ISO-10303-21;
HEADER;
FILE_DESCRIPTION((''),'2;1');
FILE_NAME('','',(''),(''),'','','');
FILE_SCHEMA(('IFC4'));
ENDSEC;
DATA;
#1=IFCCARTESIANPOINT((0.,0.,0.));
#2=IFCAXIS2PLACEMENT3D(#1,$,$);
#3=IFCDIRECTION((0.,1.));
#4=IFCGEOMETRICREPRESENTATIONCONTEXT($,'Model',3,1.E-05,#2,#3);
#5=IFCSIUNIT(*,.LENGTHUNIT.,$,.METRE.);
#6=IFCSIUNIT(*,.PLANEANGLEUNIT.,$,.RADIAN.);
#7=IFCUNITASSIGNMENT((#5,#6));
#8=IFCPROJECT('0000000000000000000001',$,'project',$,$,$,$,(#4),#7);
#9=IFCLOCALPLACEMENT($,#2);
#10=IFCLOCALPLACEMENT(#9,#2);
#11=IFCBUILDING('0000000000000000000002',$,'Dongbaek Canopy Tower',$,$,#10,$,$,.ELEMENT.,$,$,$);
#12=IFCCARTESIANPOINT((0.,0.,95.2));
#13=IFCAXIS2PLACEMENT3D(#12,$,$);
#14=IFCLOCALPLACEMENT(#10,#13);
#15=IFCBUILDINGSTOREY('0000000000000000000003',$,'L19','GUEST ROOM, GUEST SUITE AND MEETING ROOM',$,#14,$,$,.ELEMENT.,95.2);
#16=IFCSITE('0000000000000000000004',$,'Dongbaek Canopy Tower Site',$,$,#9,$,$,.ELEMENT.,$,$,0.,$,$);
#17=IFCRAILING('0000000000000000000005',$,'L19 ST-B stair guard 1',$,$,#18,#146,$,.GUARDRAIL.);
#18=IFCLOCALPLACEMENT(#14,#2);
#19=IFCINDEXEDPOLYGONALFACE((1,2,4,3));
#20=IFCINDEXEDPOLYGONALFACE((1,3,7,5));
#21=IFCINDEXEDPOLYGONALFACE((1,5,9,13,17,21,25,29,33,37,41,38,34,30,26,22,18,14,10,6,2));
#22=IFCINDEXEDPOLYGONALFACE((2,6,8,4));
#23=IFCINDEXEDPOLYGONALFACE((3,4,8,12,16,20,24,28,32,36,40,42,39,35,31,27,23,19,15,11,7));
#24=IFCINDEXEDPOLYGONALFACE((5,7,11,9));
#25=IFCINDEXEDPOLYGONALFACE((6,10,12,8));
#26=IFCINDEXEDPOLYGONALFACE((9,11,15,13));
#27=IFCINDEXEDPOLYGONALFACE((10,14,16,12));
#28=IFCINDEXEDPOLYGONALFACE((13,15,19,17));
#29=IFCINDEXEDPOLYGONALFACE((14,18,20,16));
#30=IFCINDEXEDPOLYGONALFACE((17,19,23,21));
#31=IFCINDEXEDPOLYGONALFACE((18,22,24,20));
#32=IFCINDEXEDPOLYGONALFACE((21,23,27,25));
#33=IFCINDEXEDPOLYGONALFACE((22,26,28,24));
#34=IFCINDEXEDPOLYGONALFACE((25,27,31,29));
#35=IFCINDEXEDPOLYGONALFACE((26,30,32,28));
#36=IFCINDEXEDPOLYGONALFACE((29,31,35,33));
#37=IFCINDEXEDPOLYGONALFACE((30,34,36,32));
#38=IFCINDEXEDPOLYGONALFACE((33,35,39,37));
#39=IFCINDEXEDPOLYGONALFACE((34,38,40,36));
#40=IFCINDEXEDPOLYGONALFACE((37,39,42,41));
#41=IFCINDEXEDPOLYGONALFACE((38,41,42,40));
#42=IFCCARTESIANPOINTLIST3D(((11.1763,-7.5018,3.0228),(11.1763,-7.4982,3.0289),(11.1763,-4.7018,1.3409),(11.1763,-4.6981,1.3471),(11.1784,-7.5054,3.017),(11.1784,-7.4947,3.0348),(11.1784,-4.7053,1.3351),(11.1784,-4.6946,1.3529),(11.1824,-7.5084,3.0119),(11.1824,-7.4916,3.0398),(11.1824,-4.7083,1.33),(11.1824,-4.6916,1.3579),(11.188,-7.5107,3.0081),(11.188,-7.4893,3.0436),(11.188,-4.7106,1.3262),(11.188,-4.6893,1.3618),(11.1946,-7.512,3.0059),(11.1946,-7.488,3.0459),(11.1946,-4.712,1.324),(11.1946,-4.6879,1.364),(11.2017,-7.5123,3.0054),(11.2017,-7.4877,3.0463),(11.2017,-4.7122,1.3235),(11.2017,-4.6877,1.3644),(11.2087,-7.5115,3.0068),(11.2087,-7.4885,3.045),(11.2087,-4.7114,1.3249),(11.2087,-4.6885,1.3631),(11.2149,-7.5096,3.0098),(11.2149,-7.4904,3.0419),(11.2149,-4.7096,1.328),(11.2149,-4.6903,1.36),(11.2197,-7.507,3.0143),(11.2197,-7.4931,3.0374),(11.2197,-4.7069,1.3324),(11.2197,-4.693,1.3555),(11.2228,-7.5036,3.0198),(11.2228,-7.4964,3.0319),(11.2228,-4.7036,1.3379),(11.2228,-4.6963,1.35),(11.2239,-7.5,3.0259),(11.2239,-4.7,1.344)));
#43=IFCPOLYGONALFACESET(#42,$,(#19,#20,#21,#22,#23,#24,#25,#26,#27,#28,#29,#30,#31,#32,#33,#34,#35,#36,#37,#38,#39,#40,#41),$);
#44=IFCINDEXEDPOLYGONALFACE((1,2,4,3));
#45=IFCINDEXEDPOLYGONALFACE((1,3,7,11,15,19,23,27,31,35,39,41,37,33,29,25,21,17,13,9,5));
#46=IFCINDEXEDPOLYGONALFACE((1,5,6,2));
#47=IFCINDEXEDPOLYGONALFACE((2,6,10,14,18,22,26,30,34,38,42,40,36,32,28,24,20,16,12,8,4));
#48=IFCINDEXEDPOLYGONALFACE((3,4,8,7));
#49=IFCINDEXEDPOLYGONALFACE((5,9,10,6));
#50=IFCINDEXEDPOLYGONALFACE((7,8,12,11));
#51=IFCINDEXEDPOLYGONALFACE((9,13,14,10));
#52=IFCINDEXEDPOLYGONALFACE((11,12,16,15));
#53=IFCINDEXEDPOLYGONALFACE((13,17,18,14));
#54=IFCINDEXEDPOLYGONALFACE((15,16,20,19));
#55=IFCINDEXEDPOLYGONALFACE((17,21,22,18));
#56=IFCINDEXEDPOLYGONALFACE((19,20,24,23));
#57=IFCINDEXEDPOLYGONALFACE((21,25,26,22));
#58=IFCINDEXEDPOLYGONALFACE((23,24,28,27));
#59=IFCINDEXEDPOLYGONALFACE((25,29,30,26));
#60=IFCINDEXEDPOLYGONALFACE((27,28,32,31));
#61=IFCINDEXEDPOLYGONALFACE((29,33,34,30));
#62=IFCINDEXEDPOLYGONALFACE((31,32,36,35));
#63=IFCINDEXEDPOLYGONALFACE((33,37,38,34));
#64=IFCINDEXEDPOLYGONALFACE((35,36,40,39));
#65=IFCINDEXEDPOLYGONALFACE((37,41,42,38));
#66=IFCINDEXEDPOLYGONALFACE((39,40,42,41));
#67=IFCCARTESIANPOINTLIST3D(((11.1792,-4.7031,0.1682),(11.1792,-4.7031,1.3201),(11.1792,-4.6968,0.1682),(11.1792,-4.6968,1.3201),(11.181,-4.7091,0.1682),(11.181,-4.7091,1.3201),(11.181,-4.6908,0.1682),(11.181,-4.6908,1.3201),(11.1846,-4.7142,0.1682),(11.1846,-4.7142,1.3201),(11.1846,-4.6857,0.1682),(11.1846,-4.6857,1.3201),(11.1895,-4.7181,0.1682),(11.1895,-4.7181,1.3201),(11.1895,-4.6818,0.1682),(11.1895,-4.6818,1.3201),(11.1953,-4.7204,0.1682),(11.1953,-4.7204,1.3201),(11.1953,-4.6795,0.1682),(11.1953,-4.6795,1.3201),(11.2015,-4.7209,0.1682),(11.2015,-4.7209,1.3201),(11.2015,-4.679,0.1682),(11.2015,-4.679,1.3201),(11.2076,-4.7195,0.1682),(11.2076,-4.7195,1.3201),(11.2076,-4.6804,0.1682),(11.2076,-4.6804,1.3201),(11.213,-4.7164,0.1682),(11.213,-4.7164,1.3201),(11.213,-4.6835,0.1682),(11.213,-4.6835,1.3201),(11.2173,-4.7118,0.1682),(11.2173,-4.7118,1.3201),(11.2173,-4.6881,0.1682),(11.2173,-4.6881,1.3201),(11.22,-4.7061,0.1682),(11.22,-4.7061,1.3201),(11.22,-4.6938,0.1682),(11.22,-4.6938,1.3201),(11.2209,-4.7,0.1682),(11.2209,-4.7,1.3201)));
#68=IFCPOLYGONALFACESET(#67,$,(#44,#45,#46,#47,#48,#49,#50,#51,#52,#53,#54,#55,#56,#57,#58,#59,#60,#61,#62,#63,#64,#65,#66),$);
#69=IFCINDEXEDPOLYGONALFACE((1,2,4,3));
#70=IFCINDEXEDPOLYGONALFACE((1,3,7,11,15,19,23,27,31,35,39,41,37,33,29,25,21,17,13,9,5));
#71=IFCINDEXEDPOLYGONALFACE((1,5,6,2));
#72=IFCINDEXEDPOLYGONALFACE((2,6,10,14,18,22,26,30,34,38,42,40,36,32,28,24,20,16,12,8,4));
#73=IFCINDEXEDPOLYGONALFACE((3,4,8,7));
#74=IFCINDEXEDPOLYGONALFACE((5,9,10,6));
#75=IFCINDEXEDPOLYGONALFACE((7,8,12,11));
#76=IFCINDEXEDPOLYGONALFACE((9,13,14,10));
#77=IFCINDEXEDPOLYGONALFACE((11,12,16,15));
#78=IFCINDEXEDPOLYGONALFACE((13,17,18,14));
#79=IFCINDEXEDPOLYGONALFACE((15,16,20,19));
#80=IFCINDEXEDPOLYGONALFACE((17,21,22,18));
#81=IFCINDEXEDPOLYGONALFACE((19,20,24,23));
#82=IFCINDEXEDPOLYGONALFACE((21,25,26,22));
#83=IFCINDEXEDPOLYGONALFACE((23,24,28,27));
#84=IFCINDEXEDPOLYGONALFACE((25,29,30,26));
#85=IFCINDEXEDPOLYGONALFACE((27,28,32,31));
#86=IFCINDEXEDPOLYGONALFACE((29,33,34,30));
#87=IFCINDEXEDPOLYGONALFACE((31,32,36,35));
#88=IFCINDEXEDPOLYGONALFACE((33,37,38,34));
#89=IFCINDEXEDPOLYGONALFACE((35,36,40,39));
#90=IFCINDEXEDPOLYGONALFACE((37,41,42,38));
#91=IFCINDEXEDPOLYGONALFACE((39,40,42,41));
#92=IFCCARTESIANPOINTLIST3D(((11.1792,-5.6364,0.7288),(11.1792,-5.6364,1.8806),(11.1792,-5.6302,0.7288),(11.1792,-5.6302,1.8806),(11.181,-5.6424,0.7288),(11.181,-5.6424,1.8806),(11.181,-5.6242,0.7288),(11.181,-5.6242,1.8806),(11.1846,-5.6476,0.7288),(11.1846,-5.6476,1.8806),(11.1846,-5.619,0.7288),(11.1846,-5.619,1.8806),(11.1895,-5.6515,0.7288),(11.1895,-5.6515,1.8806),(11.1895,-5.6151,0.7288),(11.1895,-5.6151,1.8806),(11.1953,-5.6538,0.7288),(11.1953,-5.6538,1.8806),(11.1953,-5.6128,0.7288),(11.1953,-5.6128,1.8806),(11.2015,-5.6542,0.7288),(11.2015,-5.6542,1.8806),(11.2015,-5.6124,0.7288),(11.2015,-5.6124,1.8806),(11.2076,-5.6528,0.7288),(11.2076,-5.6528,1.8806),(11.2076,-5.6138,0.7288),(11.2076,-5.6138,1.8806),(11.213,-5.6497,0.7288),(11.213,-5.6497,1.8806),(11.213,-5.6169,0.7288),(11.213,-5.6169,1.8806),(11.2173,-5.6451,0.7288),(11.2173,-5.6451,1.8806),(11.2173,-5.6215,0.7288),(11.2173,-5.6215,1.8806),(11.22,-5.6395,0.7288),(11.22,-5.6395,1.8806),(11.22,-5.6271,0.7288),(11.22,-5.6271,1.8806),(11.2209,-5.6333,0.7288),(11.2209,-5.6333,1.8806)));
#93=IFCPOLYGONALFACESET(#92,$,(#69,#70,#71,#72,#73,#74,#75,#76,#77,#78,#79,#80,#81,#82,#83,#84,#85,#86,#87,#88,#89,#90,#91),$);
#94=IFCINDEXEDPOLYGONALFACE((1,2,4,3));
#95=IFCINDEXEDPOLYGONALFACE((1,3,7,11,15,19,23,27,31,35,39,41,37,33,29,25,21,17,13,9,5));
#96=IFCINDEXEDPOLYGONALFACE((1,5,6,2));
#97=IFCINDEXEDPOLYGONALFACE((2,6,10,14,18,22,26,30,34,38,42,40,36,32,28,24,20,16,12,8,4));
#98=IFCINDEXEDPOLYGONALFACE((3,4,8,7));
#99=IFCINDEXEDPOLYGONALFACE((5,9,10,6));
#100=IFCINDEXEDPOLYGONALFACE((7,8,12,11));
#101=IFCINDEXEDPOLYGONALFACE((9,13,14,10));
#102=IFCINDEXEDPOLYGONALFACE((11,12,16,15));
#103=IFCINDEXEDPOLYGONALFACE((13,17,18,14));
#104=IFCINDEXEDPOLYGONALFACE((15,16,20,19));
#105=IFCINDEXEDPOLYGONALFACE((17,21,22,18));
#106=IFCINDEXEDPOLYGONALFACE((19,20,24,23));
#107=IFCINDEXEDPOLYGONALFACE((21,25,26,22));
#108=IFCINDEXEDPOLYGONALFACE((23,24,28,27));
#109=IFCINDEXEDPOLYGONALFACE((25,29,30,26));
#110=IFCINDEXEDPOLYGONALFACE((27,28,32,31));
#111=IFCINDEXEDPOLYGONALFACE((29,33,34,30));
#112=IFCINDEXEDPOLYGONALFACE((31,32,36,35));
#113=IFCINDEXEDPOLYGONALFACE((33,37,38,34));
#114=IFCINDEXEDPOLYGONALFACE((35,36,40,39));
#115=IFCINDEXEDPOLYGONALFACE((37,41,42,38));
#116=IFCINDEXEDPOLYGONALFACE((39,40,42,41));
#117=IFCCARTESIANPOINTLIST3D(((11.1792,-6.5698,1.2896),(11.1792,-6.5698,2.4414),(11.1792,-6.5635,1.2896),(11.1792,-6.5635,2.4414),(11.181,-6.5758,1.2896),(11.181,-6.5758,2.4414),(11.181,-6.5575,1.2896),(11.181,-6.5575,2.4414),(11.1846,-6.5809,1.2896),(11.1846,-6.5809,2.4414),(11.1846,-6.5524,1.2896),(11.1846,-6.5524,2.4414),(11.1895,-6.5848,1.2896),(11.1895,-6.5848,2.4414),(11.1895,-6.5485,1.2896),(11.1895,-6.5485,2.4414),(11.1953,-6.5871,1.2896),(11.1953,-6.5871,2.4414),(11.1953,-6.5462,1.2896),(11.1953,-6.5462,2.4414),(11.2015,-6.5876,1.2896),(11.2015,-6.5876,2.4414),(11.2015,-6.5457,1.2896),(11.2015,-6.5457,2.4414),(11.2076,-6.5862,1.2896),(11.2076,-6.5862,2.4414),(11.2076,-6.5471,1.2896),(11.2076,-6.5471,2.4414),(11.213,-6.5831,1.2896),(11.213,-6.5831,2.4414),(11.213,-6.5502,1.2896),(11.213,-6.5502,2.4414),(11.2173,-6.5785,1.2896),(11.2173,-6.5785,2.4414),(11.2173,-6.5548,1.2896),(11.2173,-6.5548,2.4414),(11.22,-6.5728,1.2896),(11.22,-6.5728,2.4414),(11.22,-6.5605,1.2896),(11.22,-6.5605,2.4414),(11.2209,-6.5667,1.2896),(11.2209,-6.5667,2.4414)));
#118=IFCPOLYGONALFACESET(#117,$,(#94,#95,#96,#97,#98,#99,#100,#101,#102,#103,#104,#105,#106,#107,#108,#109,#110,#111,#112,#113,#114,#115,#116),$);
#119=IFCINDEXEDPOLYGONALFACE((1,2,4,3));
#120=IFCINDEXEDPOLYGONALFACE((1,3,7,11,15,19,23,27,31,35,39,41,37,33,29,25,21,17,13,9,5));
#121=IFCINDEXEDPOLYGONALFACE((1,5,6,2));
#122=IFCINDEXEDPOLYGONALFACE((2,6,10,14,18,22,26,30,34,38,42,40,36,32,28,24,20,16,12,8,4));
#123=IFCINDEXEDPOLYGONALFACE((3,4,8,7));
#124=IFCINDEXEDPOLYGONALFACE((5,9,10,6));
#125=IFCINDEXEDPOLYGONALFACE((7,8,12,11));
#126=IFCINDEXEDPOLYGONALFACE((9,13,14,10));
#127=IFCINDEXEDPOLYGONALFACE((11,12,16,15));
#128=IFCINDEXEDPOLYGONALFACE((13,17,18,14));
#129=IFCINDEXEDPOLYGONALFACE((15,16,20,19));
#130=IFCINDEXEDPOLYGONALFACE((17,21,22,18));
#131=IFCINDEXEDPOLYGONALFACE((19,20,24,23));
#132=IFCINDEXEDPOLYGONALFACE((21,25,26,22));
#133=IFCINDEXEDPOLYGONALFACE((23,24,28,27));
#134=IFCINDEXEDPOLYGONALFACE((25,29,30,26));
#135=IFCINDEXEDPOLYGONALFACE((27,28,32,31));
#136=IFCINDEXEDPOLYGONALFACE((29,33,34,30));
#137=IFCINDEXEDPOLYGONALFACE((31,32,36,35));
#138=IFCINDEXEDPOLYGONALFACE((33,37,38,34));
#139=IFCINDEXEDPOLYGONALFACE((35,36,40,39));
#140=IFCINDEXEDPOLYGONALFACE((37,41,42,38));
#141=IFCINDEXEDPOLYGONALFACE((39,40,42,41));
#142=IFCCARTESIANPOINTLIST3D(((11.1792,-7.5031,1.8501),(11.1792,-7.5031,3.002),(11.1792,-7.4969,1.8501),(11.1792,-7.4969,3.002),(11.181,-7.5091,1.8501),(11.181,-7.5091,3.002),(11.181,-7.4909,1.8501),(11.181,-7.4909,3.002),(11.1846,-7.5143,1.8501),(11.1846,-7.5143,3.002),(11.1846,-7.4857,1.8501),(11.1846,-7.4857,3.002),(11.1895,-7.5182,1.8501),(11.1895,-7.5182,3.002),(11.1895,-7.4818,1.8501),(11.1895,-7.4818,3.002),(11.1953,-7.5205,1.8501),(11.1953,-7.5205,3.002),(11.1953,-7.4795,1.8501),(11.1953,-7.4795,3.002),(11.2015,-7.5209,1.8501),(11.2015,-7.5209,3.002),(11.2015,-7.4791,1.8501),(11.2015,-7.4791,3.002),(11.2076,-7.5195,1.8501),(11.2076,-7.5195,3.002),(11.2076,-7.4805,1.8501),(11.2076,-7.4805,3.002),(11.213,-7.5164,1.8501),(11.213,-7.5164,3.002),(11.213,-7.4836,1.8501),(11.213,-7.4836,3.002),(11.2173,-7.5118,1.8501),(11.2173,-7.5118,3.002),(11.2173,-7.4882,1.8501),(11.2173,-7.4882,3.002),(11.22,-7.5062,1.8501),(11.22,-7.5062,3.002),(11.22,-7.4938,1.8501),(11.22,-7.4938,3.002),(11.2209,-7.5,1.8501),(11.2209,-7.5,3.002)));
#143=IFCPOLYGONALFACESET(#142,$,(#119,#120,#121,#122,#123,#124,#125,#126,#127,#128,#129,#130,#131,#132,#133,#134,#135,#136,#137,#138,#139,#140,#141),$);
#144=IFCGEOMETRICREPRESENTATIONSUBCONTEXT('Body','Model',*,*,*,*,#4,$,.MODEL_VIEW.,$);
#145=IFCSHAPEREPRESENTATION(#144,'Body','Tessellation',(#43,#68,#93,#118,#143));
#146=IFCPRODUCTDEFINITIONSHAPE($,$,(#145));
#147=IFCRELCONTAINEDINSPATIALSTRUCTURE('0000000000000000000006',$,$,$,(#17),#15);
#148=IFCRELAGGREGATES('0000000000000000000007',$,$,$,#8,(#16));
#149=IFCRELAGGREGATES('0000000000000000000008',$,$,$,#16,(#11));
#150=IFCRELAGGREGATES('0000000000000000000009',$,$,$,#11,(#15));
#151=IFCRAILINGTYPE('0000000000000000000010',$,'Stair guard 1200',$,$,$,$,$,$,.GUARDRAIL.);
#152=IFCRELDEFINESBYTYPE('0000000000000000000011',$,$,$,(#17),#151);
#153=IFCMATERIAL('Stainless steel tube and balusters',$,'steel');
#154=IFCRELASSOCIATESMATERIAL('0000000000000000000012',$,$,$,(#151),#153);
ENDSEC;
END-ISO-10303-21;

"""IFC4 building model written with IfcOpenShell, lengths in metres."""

from ifc_helpers import new_model, si_unit, direction, frame, origin, origin_2d, place, context, subcontext, project, spatial, circle, extrude, material, type_object, element, save


model = new_model("IFC4")

# Units and contexts
model_context = context("Model", 3, precision=1e-05, world=origin(), true_north=direction((0.0, 1.0)))
body_context = subcontext(model_context, "Body", "Model", "MODEL_VIEW")
ifc_project = project(units=[si_unit("LENGTHUNIT", "METRE"), si_unit("PLANEANGLEUNIT", "RADIAN")], contexts=[model_context])

# Site, building, storey
site_placement = place(None, origin())
site = spatial("IfcSite", under=ifc_project, at=site_placement, Name="Dongbaek Canopy Tower Site", CompositionType="ELEMENT", RefElevation=0.0)
building_placement = place(site_placement, origin())
building = spatial("IfcBuilding", under=site, at=building_placement, Name="Dongbaek Canopy Tower", CompositionType="ELEMENT")
storey_placement = place(building_placement, frame((0.0, 0.0, 95.2)))
storey = spatial("IfcBuildingStorey", under=building, at=storey_placement, Name="L19", Description="GUEST ROOM, GUEST SUITE AND MEETING ROOM", CompositionType="ELEMENT", Elevation=95.2)

# Railing
ifc_material_1 = material(Name="Stainless steel tube and balusters", Category="steel")
railing_type_1 = type_object("IfcRailingType", Name="Stair guard 1200", PredefinedType="GUARDRAIL", material=ifc_material_1)
railing_1_placement = place(storey_placement, frame((11.2, -4.7, 0.1682)))
element("IfcRailing", 1, at=railing_1_placement, inside=storey, type_object=railing_type_1, Name="L19 ST-B stair guard 1", PredefinedType="GUARDRAIL", context=body_context, shape_type="SweptSolid", body=[
    extrude(circle(Radius=0.0239, at=origin_2d()), frame((0.0, 0.0, 1.1758), z_axis=(0.0, -0.857242, 0.514913), x_axis=(1.0, 0.0, 0.0)), (0.0, 0.0, 1.0), 3.2664),
    extrude(circle(Radius=0.021, at=origin_2d()), origin(), (0.0, 0.0, 1.0), 1.1519),
    extrude(circle(Radius=0.021, at=origin_2d()), frame((0.0, -0.9333, 0.5605)), (0.0, 0.0, 1.0), 1.1519),
    extrude(circle(Radius=0.021, at=origin_2d()), frame((0.0, -1.8667, 1.1213)), (0.0, 0.0, 1.0), 1.1519),
    extrude(circle(Radius=0.021, at=origin_2d()), frame((0.0, -2.8, 1.6819)), (0.0, 0.0, 1.0), 1.1519),
])

save(model, "model.ifc")
